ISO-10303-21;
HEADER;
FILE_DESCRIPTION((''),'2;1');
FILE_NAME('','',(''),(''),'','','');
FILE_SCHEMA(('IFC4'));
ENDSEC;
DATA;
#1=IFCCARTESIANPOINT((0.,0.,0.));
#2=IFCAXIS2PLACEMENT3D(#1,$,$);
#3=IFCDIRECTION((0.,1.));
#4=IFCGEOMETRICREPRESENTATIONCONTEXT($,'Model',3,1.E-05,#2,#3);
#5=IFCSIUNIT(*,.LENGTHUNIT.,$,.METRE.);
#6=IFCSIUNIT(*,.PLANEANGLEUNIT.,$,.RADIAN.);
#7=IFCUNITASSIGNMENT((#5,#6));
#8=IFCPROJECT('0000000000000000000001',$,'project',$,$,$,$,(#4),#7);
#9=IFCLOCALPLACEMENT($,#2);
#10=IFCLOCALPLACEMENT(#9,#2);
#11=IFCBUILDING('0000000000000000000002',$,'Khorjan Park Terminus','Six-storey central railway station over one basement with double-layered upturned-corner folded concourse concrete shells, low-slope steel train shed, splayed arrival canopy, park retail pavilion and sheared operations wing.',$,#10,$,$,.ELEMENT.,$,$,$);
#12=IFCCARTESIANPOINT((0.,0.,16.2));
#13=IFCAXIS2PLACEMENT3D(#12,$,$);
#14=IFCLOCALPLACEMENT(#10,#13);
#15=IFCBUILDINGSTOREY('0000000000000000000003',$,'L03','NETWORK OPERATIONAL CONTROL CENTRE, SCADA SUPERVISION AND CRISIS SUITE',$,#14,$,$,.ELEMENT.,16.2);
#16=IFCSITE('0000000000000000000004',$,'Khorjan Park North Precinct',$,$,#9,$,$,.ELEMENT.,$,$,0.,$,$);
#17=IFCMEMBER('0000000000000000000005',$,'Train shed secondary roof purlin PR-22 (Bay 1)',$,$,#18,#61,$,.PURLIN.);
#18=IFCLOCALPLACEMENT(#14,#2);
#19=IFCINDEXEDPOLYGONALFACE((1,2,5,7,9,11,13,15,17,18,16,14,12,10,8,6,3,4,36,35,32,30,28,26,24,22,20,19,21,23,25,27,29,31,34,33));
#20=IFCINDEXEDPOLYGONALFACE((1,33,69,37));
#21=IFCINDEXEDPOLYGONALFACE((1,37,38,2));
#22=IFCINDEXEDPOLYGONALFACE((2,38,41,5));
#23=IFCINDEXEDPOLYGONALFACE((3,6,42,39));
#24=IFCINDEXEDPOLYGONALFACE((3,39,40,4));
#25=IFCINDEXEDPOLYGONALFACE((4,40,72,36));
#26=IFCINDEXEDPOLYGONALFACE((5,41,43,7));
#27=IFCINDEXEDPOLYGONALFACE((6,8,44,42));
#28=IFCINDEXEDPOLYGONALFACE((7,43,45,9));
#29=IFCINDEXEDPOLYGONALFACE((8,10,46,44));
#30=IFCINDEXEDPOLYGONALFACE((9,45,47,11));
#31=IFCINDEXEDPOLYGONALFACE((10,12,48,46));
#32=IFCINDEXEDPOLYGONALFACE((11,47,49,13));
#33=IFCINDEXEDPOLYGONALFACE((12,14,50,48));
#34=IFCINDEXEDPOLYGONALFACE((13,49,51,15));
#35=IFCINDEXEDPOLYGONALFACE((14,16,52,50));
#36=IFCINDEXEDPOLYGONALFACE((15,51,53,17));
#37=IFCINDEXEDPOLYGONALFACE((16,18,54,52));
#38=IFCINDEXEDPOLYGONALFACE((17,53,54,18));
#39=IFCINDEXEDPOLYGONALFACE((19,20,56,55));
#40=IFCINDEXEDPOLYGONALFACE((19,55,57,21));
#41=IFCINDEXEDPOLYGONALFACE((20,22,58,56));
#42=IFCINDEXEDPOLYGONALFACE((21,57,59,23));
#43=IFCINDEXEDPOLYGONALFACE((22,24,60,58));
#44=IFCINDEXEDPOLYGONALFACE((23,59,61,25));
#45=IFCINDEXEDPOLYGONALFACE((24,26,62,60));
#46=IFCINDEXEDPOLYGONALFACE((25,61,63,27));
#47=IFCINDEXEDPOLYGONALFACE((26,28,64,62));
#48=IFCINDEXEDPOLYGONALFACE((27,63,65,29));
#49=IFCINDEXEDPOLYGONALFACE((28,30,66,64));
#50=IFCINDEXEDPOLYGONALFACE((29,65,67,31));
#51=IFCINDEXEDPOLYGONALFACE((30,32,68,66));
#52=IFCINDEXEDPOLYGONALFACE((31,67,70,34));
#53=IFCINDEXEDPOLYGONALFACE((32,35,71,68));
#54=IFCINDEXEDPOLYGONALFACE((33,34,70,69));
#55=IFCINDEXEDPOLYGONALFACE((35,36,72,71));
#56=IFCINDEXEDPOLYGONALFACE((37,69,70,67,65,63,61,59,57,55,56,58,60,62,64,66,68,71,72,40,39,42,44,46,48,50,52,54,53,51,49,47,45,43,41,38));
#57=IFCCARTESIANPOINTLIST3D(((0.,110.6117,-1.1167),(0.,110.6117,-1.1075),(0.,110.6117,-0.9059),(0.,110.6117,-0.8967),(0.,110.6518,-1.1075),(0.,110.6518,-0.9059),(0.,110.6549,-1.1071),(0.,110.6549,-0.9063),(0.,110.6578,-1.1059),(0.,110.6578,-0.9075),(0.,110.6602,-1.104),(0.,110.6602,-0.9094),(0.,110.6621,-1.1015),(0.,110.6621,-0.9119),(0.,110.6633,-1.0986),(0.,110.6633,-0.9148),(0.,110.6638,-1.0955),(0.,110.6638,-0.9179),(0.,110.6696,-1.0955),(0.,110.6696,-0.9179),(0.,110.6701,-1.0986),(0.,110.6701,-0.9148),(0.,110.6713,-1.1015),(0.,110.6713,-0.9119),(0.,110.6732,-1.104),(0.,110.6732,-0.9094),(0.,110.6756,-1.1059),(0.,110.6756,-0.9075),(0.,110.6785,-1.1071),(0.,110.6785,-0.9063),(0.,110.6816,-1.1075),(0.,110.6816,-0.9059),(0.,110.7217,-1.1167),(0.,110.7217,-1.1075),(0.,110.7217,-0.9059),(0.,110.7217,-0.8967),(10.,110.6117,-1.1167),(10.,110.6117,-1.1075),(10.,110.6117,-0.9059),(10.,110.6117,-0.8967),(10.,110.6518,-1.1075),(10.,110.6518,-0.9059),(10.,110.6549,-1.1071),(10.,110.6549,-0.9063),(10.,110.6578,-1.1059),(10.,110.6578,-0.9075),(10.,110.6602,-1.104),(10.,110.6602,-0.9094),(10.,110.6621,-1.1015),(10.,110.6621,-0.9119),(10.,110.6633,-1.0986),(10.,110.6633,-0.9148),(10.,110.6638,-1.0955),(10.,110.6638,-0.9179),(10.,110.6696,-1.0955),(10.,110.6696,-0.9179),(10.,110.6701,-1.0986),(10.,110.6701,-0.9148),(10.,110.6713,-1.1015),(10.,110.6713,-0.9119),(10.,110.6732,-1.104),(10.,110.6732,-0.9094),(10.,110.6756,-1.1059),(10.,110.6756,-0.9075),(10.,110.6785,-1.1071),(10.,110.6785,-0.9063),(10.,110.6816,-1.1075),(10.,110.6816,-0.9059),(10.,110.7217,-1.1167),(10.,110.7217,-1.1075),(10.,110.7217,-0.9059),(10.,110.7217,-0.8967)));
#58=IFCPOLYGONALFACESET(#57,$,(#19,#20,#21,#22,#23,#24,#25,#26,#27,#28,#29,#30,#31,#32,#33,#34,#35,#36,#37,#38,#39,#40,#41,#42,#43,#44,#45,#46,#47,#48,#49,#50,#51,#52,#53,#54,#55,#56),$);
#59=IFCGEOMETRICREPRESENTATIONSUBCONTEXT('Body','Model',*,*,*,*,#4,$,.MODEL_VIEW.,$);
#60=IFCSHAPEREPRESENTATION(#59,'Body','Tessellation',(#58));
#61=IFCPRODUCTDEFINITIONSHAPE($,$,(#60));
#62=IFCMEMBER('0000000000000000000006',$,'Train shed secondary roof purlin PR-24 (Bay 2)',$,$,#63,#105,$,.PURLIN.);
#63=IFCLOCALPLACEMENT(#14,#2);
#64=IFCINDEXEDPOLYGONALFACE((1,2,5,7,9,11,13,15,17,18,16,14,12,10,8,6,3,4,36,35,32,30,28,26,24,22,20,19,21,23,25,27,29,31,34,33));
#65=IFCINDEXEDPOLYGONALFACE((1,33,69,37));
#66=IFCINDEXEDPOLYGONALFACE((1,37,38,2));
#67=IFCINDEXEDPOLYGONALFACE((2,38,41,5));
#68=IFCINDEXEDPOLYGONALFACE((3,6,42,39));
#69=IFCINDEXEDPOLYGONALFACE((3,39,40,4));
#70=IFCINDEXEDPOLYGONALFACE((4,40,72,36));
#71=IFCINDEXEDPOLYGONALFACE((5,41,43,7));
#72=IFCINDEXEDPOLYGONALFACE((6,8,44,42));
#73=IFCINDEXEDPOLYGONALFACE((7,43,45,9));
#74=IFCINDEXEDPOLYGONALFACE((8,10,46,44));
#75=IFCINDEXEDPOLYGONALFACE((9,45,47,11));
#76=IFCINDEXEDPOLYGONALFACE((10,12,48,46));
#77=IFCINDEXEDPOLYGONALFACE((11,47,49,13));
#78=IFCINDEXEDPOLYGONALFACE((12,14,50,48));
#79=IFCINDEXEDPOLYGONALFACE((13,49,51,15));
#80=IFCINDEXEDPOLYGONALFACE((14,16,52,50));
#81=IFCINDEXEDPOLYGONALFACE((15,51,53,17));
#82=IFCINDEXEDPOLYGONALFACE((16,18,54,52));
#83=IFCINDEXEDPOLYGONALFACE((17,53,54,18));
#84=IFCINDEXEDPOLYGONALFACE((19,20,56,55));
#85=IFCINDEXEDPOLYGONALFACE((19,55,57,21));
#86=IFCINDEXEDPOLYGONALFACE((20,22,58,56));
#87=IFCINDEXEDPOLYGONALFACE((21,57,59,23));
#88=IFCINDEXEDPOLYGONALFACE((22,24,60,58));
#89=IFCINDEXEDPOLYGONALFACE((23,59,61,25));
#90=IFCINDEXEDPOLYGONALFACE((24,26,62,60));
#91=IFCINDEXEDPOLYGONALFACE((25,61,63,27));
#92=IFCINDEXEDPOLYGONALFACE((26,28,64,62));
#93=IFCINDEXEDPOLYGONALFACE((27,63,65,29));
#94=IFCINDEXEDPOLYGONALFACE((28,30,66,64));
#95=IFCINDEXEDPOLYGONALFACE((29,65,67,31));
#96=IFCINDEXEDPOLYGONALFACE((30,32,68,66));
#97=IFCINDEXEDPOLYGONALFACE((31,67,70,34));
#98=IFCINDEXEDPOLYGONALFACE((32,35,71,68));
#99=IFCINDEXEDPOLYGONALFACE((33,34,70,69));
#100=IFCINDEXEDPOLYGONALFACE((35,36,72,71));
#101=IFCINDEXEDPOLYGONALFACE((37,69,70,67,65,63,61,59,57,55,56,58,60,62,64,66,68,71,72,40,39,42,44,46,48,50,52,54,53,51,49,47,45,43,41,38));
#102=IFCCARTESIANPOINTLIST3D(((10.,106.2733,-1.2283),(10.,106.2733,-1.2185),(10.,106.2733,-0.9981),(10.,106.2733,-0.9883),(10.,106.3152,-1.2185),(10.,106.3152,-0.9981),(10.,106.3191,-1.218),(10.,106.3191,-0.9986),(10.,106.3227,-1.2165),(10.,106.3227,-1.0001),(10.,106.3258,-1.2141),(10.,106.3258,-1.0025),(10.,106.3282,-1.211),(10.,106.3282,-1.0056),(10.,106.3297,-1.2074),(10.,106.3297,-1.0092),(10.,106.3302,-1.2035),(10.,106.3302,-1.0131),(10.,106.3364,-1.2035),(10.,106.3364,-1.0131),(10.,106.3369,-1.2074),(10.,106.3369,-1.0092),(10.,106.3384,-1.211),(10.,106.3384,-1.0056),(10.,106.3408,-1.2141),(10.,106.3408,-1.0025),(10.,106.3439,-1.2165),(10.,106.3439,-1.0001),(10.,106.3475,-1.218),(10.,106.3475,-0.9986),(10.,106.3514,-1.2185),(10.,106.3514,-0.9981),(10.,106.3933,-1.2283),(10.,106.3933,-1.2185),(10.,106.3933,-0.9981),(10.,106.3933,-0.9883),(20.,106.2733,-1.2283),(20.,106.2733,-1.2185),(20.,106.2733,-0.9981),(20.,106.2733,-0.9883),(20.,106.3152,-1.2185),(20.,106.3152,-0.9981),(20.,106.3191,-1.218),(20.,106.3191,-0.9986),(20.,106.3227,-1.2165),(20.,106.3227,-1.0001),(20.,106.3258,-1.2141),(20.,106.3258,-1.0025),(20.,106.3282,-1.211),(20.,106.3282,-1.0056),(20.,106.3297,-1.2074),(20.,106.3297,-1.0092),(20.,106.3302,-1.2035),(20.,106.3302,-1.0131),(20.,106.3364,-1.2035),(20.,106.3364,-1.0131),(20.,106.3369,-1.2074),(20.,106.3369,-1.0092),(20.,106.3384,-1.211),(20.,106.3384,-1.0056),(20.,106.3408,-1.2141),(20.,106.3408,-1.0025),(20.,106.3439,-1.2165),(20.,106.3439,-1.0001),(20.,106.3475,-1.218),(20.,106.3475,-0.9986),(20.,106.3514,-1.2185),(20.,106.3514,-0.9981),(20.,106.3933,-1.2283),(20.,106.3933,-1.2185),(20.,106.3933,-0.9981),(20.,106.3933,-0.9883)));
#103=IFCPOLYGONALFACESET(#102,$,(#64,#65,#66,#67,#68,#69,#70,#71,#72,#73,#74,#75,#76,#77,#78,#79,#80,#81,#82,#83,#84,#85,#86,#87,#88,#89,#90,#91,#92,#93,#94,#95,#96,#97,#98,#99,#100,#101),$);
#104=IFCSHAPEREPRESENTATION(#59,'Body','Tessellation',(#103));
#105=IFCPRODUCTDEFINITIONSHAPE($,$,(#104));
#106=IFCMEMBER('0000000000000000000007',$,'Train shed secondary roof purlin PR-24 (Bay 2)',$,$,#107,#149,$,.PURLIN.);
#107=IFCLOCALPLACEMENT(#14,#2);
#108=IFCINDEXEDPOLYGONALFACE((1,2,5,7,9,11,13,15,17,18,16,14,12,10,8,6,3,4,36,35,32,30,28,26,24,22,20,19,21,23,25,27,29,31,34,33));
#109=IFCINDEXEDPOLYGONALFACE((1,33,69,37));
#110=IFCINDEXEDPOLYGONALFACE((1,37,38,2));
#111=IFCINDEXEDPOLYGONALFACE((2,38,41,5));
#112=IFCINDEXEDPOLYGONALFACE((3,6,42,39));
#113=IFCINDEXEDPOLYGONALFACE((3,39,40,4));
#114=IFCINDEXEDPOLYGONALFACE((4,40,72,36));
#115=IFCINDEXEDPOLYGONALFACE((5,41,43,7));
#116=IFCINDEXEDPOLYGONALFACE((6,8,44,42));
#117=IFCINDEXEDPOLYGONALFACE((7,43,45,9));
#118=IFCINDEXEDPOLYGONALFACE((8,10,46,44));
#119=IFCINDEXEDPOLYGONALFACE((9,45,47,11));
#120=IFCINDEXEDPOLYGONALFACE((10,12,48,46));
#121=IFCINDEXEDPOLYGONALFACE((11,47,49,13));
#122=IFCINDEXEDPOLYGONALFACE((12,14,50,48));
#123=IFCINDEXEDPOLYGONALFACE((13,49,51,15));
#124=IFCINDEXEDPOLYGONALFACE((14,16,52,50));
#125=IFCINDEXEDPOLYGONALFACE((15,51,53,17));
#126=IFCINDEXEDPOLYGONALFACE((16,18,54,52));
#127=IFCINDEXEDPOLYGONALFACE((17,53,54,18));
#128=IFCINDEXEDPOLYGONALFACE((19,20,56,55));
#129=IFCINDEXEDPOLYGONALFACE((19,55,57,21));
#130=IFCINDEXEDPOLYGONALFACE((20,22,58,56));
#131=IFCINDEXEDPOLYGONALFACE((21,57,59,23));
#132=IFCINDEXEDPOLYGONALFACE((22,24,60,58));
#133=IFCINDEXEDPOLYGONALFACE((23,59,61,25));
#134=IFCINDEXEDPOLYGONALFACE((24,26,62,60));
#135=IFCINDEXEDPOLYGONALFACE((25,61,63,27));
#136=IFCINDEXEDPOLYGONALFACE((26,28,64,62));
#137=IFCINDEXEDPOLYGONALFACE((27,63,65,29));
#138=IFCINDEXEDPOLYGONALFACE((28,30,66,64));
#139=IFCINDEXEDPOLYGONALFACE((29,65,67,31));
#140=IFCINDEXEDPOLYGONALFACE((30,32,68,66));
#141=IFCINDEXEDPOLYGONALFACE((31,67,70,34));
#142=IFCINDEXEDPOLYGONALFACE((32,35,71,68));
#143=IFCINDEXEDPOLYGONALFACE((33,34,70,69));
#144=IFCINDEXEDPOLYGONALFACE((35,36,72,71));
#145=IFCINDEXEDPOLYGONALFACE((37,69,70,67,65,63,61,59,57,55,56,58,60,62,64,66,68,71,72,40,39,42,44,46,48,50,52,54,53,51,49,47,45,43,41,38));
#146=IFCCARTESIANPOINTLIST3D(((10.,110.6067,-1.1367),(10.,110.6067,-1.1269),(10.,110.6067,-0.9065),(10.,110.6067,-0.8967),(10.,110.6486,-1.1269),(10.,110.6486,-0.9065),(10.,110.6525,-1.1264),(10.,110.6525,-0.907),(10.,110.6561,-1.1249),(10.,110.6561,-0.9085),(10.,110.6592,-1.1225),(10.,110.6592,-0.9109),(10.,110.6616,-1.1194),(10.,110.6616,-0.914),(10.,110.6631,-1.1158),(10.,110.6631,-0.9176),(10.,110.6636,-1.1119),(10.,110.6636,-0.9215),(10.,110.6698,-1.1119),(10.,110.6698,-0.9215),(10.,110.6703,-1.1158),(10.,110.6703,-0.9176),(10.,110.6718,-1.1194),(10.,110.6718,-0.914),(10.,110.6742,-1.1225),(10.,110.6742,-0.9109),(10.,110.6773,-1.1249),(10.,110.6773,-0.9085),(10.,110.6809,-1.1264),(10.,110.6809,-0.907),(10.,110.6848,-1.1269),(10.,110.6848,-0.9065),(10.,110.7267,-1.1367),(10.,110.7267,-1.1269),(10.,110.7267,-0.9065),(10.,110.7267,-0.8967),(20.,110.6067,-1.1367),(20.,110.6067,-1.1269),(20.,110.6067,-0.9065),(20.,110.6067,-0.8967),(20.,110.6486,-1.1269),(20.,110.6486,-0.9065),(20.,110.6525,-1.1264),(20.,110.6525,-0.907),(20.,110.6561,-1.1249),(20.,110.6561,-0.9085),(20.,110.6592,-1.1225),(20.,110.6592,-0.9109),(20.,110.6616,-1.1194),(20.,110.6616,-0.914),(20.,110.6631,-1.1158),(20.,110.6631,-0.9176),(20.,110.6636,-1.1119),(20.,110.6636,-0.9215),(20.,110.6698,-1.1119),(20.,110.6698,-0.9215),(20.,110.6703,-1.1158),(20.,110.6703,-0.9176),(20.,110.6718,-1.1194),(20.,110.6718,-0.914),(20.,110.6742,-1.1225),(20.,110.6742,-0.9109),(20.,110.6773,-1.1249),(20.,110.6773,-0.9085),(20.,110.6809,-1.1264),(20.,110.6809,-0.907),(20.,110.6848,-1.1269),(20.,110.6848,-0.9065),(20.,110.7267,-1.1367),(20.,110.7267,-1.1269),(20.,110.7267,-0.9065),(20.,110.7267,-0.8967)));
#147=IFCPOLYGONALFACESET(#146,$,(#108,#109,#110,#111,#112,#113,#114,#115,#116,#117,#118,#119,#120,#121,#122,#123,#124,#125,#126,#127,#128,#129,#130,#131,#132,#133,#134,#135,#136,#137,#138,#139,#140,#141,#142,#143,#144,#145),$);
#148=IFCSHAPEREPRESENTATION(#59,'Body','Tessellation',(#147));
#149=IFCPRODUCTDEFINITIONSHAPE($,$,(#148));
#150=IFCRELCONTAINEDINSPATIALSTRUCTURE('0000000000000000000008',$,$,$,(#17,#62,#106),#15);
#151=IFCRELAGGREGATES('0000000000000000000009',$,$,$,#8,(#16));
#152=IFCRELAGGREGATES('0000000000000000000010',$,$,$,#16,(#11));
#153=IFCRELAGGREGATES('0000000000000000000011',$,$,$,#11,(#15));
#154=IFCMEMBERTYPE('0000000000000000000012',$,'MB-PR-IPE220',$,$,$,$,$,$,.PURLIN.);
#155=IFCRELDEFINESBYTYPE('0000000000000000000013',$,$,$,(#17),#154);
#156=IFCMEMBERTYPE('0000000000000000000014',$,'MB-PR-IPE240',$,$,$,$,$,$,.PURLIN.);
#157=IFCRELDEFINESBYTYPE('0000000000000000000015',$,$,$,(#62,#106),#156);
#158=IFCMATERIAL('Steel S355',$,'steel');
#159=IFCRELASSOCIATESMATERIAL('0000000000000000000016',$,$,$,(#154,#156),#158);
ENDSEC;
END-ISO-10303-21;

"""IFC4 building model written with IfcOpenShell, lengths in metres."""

from ifc_helpers import new_model, si_unit, direction, frame, origin, origin_2d, place, context, subcontext, project, spatial, i_section, extrude, material, material_profile, profile_set, type_object, element, save


model = new_model("IFC4")

# Units and contexts
model_context = context("Model", 3, precision=1e-05, world=origin(), true_north=direction((0.0, 1.0)))
body_context = subcontext(model_context, "Body", "Model", "MODEL_VIEW")
ifc_project = project(units=[si_unit("LENGTHUNIT", "METRE"), si_unit("PLANEANGLEUNIT", "RADIAN")], contexts=[model_context])

# Site, building, storey
site_placement = place(None, origin())
site = spatial("IfcSite", under=ifc_project, at=site_placement, Name="Khorjan Park North Precinct", CompositionType="ELEMENT", RefElevation=0.0)
building_placement = place(site_placement, origin())
building = spatial("IfcBuilding", under=site, at=building_placement, Name="Khorjan Park Terminus", Description="Six-storey central railway station over one basement with double-layered upturned-corner folded concourse concrete shells, low-slope steel train shed, splayed arrival canopy, park retail pavilion and sheared operations wing.", CompositionType="ELEMENT")
storey_placement = place(building_placement, frame((0.0, 0.0, 16.2)))
storey = spatial("IfcBuildingStorey", under=building, at=storey_placement, Name="L03", Description="NETWORK OPERATIONAL CONTROL CENTRE, SCADA SUPERVISION AND CRISIS SUITE", CompositionType="ELEMENT", Elevation=16.2)

# Members
ifc_material_1 = material(Name="Steel S355", Category="steel")
ifc_material_profile_1 = material_profile(ifc_material_1, i_section(OverallWidth=0.11, OverallDepth=0.22, WebThickness=0.0059, FlangeThickness=0.0092, FilletRadius=0.012, at=origin_2d()), Name="IPE 220")
ifc_profile_set_1 = profile_set([ifc_material_profile_1], Name="Steel S355")
member_type_1 = type_object("IfcMemberType", Name="MB-PR-IPE220", PredefinedType="PURLIN", material=ifc_profile_set_1)
for number, where, z_axis, x_axis, name in (
    (1, (0.0, 110.6667, -1.0067), (1.0, 0.0, 0.0), (0.0, 1.0, 0.0), "Train shed secondary roof purlin PR-22 (Bay 1)"),
):
    element("IfcMember", number, at=place(storey_placement, frame(where, z_axis=z_axis, x_axis=x_axis)), inside=storey, type_object=member_type_1, Name=name, PredefinedType="PURLIN", context=body_context, shape_type="SweptSolid", body=[
        extrude(i_section(OverallWidth=0.11, OverallDepth=0.22, WebThickness=0.0059, FlangeThickness=0.0092, FilletRadius=0.012, at=origin_2d()), origin(), (0.0, 0.0, 1.0), 10.0),
    ])
ifc_material_profile_2 = material_profile(ifc_material_1, i_section(OverallWidth=0.12, OverallDepth=0.24, WebThickness=0.0062, FlangeThickness=0.0098, FilletRadius=0.015, at=origin_2d()), Name="IPE 240")
ifc_profile_set_2 = profile_set([ifc_material_profile_2], Name="Steel S355")
member_type_2 = type_object("IfcMemberType", Name="MB-PR-IPE240", PredefinedType="PURLIN", material=ifc_profile_set_2)
for number, where, z_axis, x_axis, name in (
    (2, (10.0, 106.3333, -1.1083), (1.0, 0.0, 0.0), (0.0, 1.0, 0.0), "Train shed secondary roof purlin PR-24 (Bay 2)"),
    (3, (10.0, 110.6667, -1.0167), (1.0, 0.0, 0.0), (0.0, 1.0, 0.0), "Train shed secondary roof purlin PR-24 (Bay 2)"),
):
    element("IfcMember", number, at=place(storey_placement, frame(where, z_axis=z_axis, x_axis=x_axis)), inside=storey, type_object=member_type_2, Name=name, PredefinedType="PURLIN", context=body_context, shape_type="SweptSolid", body=[
        extrude(i_section(OverallWidth=0.12, OverallDepth=0.24, WebThickness=0.0062, FlangeThickness=0.0098, FilletRadius=0.015, at=origin_2d()), origin(), (0.0, 0.0, 1.0), 10.0),
    ])

save(model, "model.ifc")
